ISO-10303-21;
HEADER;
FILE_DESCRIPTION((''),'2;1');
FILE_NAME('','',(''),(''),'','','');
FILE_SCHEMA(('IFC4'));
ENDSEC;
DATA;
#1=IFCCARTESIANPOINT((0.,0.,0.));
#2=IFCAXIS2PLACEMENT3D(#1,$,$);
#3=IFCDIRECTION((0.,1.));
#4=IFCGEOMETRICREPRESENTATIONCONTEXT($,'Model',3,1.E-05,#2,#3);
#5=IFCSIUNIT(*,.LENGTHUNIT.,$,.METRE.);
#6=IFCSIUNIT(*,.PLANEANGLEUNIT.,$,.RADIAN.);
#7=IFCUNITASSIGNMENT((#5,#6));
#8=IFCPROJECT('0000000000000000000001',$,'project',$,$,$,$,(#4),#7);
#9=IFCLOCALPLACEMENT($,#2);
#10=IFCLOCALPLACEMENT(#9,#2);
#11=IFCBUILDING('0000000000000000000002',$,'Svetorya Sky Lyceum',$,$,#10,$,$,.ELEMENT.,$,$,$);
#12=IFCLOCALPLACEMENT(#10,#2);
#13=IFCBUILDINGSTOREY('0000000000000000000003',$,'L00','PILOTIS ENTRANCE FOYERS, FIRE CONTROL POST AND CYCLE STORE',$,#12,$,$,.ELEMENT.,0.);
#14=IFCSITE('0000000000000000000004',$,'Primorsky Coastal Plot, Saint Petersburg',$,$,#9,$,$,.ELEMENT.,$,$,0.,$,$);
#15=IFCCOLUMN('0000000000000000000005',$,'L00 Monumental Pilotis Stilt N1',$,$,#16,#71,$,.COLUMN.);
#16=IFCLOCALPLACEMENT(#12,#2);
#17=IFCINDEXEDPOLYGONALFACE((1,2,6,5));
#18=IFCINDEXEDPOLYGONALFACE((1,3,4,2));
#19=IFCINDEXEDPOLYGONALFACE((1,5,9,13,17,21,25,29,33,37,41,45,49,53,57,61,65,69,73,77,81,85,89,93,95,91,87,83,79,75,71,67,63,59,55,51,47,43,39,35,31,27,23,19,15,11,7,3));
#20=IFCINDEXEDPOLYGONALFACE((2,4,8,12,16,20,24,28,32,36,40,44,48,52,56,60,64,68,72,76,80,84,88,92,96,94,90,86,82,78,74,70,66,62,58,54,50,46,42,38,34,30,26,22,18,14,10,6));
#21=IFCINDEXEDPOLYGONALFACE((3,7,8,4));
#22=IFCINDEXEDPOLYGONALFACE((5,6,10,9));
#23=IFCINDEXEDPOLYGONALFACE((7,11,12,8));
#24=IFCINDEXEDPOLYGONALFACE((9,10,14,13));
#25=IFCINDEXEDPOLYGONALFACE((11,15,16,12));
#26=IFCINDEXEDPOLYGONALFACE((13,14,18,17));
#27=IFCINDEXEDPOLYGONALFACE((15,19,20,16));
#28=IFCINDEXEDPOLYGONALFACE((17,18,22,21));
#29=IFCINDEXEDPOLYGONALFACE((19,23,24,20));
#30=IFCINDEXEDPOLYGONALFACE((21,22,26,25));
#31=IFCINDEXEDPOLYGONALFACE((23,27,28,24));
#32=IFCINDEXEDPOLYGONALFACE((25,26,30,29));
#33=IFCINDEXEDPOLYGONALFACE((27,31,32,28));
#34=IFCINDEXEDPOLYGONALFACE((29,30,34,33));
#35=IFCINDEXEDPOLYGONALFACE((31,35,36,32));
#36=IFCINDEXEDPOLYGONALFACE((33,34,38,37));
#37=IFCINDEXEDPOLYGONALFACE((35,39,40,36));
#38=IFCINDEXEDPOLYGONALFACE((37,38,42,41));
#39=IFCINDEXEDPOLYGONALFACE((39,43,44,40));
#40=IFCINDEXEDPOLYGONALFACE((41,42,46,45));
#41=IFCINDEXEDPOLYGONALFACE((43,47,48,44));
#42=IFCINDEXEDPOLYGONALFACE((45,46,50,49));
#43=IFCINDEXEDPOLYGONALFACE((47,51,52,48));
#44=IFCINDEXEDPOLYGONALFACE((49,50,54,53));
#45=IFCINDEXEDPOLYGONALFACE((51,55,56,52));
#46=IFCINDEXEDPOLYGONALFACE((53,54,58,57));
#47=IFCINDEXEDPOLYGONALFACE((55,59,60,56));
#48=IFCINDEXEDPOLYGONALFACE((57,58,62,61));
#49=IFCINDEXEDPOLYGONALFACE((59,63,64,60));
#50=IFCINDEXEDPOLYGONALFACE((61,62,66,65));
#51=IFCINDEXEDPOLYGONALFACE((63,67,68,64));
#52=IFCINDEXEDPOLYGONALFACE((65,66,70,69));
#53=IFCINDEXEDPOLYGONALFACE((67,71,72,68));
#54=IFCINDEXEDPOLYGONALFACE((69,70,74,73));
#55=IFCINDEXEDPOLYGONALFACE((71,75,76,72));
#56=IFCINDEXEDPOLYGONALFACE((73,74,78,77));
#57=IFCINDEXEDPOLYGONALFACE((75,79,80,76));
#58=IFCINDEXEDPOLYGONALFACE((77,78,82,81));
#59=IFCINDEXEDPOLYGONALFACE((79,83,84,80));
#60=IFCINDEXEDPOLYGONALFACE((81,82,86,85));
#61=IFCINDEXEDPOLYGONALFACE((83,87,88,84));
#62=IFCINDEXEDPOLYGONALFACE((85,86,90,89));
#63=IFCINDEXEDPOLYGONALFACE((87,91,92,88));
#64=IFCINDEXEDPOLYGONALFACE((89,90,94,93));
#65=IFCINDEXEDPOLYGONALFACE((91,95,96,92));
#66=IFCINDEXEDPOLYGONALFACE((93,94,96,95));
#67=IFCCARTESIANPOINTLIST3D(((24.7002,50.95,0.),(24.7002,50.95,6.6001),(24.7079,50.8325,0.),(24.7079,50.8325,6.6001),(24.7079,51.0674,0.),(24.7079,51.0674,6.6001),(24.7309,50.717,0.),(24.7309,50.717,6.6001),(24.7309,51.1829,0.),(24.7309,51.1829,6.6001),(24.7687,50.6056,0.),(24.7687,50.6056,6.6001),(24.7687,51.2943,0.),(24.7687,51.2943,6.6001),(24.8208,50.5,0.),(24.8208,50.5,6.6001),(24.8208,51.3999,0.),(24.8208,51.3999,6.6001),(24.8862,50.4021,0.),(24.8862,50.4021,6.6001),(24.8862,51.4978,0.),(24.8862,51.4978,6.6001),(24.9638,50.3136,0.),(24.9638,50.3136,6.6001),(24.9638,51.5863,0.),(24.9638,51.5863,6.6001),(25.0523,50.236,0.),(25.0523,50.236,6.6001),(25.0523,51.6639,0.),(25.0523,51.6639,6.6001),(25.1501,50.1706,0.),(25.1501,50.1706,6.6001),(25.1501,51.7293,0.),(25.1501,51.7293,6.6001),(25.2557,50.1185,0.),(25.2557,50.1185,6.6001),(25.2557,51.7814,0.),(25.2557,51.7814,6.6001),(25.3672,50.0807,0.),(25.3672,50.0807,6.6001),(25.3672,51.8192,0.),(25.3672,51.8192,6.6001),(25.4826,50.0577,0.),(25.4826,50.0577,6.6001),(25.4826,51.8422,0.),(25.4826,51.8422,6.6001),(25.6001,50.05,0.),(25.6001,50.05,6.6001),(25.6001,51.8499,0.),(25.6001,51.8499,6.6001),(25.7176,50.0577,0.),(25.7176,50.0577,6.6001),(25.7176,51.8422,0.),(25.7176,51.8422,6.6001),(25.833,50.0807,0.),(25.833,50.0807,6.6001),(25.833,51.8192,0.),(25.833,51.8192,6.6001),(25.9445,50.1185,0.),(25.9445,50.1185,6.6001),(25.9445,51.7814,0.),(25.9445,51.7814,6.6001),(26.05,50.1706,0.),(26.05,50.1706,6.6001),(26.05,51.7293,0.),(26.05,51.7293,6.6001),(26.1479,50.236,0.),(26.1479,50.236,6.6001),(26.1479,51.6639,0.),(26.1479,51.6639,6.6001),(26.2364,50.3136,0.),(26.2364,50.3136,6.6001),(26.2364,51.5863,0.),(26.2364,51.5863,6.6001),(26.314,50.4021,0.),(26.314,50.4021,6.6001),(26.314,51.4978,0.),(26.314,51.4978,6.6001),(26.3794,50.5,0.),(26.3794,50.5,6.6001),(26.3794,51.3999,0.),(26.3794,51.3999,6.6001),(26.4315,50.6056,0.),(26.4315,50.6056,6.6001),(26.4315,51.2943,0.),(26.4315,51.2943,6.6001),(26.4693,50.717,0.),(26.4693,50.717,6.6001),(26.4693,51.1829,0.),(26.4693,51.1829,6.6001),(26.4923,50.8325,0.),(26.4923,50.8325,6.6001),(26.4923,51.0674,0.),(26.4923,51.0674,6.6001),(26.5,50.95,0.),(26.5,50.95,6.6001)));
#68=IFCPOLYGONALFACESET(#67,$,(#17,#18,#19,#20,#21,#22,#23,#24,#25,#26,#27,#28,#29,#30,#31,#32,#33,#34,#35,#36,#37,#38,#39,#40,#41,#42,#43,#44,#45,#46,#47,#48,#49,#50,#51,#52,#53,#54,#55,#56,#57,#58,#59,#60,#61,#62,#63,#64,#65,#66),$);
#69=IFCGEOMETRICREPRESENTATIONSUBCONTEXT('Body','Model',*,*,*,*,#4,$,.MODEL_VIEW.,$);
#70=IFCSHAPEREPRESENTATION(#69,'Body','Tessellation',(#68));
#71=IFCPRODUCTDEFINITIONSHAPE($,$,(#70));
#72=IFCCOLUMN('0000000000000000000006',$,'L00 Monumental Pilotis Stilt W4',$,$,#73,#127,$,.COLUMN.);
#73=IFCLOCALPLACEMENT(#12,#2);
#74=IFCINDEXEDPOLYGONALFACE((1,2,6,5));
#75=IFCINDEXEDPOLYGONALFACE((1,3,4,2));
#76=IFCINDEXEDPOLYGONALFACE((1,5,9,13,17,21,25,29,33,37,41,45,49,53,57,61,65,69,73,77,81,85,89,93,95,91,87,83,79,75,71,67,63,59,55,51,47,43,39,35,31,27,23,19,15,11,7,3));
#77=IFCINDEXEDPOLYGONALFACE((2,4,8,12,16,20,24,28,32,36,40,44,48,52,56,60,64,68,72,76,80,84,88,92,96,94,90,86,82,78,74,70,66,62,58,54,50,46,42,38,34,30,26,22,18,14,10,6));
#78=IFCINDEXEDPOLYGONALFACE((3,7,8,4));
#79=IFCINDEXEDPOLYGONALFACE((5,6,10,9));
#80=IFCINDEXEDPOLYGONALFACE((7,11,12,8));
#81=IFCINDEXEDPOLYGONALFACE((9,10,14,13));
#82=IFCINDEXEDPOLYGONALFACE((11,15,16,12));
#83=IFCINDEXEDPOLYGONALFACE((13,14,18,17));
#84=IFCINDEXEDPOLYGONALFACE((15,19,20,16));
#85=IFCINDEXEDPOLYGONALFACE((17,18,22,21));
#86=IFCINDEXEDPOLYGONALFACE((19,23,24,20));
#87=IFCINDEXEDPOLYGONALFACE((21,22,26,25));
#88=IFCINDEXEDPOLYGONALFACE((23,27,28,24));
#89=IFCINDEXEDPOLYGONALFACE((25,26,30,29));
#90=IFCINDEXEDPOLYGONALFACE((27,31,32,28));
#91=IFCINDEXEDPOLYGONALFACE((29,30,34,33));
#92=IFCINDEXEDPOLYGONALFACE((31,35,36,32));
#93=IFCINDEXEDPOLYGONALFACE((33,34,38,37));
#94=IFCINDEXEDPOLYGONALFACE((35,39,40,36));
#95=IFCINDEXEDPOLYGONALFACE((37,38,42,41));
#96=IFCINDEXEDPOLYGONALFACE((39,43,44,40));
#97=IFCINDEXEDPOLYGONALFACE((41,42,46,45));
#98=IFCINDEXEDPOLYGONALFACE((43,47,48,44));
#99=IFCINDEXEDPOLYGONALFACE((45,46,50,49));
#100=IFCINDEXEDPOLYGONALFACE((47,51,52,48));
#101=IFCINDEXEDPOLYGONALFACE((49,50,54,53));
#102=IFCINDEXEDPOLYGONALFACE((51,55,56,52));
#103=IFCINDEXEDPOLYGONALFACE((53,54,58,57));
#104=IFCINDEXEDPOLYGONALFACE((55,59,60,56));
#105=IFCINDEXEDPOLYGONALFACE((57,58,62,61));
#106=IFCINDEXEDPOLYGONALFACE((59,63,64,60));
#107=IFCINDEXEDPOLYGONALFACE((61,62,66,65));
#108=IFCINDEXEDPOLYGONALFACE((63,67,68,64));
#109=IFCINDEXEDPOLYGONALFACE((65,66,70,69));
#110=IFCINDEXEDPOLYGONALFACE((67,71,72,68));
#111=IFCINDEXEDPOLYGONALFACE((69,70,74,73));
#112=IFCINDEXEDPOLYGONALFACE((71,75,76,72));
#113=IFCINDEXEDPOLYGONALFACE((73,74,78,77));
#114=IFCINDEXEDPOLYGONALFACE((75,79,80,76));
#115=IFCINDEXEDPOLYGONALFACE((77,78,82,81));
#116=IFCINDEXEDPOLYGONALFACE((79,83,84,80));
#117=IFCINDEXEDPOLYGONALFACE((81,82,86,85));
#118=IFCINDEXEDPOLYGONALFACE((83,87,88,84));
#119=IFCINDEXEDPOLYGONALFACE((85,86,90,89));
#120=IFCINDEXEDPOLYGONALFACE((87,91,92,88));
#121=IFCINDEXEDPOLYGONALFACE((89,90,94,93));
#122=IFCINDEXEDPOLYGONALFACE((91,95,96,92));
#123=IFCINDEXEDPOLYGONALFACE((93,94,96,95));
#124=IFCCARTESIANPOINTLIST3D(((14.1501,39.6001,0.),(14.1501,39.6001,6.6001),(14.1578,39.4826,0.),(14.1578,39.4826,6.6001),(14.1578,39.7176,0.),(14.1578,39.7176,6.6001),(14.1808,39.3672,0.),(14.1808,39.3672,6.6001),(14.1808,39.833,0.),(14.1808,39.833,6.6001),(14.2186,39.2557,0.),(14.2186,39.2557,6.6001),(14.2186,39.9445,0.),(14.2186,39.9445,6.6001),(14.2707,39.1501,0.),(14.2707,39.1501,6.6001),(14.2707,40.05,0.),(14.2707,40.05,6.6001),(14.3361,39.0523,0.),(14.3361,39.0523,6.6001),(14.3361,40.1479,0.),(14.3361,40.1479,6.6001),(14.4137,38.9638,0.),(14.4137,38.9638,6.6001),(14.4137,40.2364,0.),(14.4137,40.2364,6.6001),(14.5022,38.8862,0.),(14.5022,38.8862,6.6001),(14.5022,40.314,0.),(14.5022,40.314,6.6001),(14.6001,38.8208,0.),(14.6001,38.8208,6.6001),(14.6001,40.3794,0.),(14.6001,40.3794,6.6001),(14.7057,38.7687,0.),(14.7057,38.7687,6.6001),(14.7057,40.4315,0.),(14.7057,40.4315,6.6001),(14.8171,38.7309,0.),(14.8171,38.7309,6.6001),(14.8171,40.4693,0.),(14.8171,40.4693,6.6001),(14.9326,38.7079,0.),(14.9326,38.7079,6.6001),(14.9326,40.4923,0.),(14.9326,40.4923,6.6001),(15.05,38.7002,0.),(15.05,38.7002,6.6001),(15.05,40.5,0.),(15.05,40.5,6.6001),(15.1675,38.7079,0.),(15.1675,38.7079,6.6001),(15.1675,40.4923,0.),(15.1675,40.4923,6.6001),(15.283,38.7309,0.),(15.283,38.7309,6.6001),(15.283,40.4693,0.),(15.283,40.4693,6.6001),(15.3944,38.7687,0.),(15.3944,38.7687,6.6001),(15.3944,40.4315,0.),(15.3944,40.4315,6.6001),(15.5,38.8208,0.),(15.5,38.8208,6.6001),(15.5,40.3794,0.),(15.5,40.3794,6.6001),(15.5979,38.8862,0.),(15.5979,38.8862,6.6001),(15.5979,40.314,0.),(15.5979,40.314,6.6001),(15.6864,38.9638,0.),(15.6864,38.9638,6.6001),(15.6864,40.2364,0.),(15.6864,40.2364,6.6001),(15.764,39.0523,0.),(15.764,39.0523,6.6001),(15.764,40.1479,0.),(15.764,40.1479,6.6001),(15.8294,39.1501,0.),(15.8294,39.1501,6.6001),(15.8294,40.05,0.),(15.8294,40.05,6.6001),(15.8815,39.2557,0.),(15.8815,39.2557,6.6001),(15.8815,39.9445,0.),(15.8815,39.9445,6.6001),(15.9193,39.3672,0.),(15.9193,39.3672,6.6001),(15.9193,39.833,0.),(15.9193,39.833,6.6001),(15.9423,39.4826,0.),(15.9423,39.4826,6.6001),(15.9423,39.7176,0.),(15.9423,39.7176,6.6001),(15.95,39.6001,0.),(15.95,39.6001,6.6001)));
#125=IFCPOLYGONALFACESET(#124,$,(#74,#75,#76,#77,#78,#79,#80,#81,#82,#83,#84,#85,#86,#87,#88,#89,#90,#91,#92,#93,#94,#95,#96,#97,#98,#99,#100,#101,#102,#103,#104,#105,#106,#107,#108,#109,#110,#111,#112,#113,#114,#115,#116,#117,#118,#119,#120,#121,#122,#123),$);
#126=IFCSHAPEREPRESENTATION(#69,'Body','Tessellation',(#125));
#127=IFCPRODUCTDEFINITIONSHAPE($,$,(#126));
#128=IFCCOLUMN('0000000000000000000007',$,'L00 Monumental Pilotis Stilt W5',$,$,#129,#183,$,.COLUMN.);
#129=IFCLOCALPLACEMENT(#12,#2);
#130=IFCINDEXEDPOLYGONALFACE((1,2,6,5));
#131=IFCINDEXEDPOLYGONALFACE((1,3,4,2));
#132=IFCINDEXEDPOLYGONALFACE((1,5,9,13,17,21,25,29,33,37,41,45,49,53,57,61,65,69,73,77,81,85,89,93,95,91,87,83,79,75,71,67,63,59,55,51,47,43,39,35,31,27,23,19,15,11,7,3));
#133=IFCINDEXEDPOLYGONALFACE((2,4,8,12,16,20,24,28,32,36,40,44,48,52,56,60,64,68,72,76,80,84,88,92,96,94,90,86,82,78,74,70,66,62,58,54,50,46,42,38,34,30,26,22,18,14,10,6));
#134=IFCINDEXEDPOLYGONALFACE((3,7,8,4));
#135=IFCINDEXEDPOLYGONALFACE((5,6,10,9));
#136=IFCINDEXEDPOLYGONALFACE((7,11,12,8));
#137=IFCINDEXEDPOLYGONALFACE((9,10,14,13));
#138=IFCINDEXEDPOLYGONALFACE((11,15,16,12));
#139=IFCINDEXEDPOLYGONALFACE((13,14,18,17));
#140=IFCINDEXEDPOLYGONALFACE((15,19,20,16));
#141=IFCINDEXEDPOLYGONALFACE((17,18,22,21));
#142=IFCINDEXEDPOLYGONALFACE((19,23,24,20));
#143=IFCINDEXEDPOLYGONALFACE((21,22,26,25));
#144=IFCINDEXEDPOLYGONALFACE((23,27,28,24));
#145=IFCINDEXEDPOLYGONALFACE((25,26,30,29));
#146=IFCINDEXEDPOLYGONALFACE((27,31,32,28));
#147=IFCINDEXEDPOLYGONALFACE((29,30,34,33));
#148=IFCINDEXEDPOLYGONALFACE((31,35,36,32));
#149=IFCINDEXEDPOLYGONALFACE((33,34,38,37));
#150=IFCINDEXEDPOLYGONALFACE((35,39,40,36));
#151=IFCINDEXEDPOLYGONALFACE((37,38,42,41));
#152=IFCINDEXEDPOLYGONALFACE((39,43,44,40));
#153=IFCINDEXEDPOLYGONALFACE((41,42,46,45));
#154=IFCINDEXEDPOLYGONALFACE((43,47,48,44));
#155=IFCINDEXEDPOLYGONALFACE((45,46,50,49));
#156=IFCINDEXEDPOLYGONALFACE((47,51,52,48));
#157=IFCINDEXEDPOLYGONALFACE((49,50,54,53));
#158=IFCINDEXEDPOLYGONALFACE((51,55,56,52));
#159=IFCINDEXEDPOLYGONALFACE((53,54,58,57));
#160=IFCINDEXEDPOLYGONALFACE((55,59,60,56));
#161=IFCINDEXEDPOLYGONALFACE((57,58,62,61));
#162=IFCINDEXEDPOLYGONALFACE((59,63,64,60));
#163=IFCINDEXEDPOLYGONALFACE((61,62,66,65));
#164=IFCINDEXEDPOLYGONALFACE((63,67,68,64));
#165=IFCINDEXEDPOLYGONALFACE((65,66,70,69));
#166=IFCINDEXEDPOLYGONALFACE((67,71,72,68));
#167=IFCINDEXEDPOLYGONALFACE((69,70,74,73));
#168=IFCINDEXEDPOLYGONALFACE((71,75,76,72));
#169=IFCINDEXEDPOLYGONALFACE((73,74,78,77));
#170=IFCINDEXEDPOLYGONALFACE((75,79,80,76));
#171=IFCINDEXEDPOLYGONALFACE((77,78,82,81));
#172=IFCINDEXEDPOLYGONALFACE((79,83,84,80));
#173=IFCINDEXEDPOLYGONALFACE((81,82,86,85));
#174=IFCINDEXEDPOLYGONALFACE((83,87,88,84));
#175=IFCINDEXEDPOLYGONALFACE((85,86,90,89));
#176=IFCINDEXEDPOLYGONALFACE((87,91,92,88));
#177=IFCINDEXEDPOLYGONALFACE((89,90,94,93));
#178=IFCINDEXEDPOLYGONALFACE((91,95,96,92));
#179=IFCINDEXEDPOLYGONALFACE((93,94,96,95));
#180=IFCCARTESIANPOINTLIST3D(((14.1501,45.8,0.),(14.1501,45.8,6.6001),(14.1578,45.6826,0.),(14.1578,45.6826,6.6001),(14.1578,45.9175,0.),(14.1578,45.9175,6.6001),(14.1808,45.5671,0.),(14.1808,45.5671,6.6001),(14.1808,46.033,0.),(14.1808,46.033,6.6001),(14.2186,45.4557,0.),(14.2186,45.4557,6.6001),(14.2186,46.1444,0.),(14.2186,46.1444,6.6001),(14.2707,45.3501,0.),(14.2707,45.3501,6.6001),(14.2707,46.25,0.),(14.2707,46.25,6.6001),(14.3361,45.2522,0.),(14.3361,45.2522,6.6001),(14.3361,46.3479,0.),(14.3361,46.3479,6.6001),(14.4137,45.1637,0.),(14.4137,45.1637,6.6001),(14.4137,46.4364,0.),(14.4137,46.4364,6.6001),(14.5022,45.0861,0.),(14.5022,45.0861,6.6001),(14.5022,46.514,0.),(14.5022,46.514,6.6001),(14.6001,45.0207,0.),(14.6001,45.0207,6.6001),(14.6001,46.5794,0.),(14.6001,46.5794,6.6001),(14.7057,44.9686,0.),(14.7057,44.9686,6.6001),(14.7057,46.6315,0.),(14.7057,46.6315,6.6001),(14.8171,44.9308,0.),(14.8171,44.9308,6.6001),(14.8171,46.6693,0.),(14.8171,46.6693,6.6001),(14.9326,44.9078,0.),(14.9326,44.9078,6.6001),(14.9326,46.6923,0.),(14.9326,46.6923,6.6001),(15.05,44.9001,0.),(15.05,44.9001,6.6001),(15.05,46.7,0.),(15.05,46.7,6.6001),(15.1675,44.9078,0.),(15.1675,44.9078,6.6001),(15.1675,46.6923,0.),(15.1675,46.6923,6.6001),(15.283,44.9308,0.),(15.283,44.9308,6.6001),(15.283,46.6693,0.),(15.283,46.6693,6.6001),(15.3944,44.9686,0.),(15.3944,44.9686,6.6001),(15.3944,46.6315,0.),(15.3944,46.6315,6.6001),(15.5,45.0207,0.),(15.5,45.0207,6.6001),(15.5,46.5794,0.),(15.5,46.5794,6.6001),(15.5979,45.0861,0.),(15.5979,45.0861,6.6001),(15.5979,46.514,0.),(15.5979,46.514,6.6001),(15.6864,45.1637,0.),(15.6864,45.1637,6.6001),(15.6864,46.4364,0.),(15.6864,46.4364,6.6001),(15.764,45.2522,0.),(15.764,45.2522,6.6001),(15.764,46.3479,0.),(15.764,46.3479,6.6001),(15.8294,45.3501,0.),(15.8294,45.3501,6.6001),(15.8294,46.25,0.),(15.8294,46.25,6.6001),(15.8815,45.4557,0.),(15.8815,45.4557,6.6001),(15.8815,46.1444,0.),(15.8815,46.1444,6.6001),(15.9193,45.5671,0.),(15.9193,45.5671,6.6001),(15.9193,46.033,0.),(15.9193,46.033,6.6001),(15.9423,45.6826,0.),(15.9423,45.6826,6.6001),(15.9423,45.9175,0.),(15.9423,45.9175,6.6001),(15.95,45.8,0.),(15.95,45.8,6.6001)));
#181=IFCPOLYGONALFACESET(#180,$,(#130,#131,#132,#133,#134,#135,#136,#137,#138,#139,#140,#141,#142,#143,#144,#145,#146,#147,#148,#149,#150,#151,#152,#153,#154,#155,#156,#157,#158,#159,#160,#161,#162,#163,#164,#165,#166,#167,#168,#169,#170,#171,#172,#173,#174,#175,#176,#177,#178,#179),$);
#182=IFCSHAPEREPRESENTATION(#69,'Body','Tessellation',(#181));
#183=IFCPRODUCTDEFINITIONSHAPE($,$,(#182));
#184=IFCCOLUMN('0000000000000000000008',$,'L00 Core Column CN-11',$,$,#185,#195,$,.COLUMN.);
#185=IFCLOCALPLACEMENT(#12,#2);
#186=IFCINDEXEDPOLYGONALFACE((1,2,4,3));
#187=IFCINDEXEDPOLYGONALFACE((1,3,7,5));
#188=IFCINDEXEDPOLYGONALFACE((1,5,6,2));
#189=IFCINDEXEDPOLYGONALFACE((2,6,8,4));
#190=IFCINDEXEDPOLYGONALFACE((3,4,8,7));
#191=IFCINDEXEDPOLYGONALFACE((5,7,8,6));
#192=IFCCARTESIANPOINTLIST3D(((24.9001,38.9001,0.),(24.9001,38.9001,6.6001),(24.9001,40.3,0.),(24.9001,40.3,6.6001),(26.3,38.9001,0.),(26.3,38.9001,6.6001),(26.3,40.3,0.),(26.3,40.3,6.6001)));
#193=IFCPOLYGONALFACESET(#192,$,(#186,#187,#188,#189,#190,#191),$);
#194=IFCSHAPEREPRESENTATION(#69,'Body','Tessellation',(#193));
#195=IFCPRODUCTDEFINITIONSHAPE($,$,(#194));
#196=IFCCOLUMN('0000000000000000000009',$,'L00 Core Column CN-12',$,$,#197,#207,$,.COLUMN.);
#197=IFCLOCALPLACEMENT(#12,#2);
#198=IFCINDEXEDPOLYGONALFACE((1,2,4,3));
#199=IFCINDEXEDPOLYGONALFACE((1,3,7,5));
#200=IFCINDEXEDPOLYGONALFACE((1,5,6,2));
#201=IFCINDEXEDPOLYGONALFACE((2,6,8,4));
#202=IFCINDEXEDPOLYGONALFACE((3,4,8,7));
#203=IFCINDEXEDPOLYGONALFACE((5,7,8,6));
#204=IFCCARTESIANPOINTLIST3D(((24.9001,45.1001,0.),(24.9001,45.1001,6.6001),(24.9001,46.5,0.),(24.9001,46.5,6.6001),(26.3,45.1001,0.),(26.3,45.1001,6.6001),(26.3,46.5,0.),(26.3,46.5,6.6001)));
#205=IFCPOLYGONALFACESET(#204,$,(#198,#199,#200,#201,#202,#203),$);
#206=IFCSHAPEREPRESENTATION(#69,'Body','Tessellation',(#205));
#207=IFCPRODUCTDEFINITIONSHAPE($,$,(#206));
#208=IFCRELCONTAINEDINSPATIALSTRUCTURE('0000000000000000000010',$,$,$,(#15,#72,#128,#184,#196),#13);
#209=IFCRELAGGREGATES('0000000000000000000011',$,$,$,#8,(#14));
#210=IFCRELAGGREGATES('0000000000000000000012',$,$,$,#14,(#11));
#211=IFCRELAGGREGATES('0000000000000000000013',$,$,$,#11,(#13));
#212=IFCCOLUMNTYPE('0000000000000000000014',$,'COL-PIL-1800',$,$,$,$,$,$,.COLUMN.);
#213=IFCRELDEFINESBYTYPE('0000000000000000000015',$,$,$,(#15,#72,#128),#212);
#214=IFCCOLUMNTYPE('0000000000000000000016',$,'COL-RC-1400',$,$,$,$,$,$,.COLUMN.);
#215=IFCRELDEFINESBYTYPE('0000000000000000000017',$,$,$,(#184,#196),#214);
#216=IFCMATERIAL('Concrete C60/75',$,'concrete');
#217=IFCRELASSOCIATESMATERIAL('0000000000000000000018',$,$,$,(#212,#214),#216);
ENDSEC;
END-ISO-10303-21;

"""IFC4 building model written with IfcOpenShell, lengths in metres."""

from ifc_helpers import new_model, si_unit, direction, frame, origin, origin_2d, place, context, subcontext, project, spatial, rectangle, circle, extrude, material, material_profile, profile_set, type_object, element, save


model = new_model("IFC4")

# Units and contexts
model_context = context("Model", 3, precision=1e-05, world=origin(), true_north=direction((0.0, 1.0)))
body_context = subcontext(model_context, "Body", "Model", "MODEL_VIEW")
ifc_project = project(units=[si_unit("LENGTHUNIT", "METRE"), si_unit("PLANEANGLEUNIT", "RADIAN")], contexts=[model_context])

# Site, building, storey
site_placement = place(None, origin())
site = spatial("IfcSite", under=ifc_project, at=site_placement, Name="Primorsky Coastal Plot, Saint Petersburg", CompositionType="ELEMENT", RefElevation=0.0)
building_placement = place(site_placement, origin())
building = spatial("IfcBuilding", under=site, at=building_placement, Name="Svetorya Sky Lyceum", CompositionType="ELEMENT")
storey_placement = place(building_placement, origin())
storey = spatial("IfcBuildingStorey", under=building, at=storey_placement, Name="L00", Description="PILOTIS ENTRANCE FOYERS, FIRE CONTROL POST AND CYCLE STORE", CompositionType="ELEMENT", Elevation=0.0)

# Columns
ifc_material_1 = material(Name="Concrete C60/75", Category="concrete")
ifc_material_profile_1 = material_profile(ifc_material_1, circle(Radius=0.8999, at=origin_2d()), Name="RC PILOTI D1800")
ifc_profile_set_1 = profile_set([ifc_material_profile_1], Name="Concrete C60/75")
column_type_1 = type_object("IfcColumnType", Name="COL-PIL-1800", PredefinedType="COLUMN", material=ifc_profile_set_1)
for number, where, z_axis, x_axis, name in (
    (1, (25.6001, 50.95, 0.0), (0.0, 0.0, 1.0), (1.0, 0.0, 0.0), "L00 Monumental Pilotis Stilt N1"),
    (2, (15.05, 39.6001, 0.0), (0.0, 0.0, 1.0), (1.0, 0.0, 0.0), "L00 Monumental Pilotis Stilt W4"),
    (3, (15.05, 45.8, 0.0), (0.0, 0.0, 1.0), (1.0, 0.0, 0.0), "L00 Monumental Pilotis Stilt W5"),
):
    element("IfcColumn", number, at=place(storey_placement, frame(where, z_axis=z_axis, x_axis=x_axis)), inside=storey, type_object=column_type_1, Name=name, PredefinedType="COLUMN", context=body_context, shape_type="SweptSolid", body=[
        extrude(circle(Radius=0.8999, at=origin_2d()), origin(), (0.0, 0.0, 1.0), 6.6001),
    ])
ifc_material_profile_2 = material_profile(ifc_material_1, rectangle(XDim=1.3999, YDim=1.3999, at=origin_2d()), Name="RC COL 1400x1400")
ifc_profile_set_2 = profile_set([ifc_material_profile_2], Name="Concrete C60/75")
column_type_2 = type_object("IfcColumnType", Name="COL-RC-1400", PredefinedType="COLUMN", material=ifc_profile_set_2)
for number, where, z_axis, x_axis, name in (
    (4, (25.6001, 39.6001, 0.0), (0.0, 0.0, 1.0), (1.0, 0.0, 0.0), "L00 Core Column CN-11"),
    (5, (25.6001, 45.8, 0.0), (0.0, 0.0, 1.0), (1.0, 0.0, 0.0), "L00 Core Column CN-12"),
):
    element("IfcColumn", number, at=place(storey_placement, frame(where, z_axis=z_axis, x_axis=x_axis)), inside=storey, type_object=column_type_2, Name=name, PredefinedType="COLUMN", context=body_context, shape_type="SweptSolid", body=[
        extrude(rectangle(XDim=1.3999, YDim=1.3999, at=origin_2d()), origin(), (0.0, 0.0, 1.0), 6.6001),
    ])

save(model, "model.ifc")
